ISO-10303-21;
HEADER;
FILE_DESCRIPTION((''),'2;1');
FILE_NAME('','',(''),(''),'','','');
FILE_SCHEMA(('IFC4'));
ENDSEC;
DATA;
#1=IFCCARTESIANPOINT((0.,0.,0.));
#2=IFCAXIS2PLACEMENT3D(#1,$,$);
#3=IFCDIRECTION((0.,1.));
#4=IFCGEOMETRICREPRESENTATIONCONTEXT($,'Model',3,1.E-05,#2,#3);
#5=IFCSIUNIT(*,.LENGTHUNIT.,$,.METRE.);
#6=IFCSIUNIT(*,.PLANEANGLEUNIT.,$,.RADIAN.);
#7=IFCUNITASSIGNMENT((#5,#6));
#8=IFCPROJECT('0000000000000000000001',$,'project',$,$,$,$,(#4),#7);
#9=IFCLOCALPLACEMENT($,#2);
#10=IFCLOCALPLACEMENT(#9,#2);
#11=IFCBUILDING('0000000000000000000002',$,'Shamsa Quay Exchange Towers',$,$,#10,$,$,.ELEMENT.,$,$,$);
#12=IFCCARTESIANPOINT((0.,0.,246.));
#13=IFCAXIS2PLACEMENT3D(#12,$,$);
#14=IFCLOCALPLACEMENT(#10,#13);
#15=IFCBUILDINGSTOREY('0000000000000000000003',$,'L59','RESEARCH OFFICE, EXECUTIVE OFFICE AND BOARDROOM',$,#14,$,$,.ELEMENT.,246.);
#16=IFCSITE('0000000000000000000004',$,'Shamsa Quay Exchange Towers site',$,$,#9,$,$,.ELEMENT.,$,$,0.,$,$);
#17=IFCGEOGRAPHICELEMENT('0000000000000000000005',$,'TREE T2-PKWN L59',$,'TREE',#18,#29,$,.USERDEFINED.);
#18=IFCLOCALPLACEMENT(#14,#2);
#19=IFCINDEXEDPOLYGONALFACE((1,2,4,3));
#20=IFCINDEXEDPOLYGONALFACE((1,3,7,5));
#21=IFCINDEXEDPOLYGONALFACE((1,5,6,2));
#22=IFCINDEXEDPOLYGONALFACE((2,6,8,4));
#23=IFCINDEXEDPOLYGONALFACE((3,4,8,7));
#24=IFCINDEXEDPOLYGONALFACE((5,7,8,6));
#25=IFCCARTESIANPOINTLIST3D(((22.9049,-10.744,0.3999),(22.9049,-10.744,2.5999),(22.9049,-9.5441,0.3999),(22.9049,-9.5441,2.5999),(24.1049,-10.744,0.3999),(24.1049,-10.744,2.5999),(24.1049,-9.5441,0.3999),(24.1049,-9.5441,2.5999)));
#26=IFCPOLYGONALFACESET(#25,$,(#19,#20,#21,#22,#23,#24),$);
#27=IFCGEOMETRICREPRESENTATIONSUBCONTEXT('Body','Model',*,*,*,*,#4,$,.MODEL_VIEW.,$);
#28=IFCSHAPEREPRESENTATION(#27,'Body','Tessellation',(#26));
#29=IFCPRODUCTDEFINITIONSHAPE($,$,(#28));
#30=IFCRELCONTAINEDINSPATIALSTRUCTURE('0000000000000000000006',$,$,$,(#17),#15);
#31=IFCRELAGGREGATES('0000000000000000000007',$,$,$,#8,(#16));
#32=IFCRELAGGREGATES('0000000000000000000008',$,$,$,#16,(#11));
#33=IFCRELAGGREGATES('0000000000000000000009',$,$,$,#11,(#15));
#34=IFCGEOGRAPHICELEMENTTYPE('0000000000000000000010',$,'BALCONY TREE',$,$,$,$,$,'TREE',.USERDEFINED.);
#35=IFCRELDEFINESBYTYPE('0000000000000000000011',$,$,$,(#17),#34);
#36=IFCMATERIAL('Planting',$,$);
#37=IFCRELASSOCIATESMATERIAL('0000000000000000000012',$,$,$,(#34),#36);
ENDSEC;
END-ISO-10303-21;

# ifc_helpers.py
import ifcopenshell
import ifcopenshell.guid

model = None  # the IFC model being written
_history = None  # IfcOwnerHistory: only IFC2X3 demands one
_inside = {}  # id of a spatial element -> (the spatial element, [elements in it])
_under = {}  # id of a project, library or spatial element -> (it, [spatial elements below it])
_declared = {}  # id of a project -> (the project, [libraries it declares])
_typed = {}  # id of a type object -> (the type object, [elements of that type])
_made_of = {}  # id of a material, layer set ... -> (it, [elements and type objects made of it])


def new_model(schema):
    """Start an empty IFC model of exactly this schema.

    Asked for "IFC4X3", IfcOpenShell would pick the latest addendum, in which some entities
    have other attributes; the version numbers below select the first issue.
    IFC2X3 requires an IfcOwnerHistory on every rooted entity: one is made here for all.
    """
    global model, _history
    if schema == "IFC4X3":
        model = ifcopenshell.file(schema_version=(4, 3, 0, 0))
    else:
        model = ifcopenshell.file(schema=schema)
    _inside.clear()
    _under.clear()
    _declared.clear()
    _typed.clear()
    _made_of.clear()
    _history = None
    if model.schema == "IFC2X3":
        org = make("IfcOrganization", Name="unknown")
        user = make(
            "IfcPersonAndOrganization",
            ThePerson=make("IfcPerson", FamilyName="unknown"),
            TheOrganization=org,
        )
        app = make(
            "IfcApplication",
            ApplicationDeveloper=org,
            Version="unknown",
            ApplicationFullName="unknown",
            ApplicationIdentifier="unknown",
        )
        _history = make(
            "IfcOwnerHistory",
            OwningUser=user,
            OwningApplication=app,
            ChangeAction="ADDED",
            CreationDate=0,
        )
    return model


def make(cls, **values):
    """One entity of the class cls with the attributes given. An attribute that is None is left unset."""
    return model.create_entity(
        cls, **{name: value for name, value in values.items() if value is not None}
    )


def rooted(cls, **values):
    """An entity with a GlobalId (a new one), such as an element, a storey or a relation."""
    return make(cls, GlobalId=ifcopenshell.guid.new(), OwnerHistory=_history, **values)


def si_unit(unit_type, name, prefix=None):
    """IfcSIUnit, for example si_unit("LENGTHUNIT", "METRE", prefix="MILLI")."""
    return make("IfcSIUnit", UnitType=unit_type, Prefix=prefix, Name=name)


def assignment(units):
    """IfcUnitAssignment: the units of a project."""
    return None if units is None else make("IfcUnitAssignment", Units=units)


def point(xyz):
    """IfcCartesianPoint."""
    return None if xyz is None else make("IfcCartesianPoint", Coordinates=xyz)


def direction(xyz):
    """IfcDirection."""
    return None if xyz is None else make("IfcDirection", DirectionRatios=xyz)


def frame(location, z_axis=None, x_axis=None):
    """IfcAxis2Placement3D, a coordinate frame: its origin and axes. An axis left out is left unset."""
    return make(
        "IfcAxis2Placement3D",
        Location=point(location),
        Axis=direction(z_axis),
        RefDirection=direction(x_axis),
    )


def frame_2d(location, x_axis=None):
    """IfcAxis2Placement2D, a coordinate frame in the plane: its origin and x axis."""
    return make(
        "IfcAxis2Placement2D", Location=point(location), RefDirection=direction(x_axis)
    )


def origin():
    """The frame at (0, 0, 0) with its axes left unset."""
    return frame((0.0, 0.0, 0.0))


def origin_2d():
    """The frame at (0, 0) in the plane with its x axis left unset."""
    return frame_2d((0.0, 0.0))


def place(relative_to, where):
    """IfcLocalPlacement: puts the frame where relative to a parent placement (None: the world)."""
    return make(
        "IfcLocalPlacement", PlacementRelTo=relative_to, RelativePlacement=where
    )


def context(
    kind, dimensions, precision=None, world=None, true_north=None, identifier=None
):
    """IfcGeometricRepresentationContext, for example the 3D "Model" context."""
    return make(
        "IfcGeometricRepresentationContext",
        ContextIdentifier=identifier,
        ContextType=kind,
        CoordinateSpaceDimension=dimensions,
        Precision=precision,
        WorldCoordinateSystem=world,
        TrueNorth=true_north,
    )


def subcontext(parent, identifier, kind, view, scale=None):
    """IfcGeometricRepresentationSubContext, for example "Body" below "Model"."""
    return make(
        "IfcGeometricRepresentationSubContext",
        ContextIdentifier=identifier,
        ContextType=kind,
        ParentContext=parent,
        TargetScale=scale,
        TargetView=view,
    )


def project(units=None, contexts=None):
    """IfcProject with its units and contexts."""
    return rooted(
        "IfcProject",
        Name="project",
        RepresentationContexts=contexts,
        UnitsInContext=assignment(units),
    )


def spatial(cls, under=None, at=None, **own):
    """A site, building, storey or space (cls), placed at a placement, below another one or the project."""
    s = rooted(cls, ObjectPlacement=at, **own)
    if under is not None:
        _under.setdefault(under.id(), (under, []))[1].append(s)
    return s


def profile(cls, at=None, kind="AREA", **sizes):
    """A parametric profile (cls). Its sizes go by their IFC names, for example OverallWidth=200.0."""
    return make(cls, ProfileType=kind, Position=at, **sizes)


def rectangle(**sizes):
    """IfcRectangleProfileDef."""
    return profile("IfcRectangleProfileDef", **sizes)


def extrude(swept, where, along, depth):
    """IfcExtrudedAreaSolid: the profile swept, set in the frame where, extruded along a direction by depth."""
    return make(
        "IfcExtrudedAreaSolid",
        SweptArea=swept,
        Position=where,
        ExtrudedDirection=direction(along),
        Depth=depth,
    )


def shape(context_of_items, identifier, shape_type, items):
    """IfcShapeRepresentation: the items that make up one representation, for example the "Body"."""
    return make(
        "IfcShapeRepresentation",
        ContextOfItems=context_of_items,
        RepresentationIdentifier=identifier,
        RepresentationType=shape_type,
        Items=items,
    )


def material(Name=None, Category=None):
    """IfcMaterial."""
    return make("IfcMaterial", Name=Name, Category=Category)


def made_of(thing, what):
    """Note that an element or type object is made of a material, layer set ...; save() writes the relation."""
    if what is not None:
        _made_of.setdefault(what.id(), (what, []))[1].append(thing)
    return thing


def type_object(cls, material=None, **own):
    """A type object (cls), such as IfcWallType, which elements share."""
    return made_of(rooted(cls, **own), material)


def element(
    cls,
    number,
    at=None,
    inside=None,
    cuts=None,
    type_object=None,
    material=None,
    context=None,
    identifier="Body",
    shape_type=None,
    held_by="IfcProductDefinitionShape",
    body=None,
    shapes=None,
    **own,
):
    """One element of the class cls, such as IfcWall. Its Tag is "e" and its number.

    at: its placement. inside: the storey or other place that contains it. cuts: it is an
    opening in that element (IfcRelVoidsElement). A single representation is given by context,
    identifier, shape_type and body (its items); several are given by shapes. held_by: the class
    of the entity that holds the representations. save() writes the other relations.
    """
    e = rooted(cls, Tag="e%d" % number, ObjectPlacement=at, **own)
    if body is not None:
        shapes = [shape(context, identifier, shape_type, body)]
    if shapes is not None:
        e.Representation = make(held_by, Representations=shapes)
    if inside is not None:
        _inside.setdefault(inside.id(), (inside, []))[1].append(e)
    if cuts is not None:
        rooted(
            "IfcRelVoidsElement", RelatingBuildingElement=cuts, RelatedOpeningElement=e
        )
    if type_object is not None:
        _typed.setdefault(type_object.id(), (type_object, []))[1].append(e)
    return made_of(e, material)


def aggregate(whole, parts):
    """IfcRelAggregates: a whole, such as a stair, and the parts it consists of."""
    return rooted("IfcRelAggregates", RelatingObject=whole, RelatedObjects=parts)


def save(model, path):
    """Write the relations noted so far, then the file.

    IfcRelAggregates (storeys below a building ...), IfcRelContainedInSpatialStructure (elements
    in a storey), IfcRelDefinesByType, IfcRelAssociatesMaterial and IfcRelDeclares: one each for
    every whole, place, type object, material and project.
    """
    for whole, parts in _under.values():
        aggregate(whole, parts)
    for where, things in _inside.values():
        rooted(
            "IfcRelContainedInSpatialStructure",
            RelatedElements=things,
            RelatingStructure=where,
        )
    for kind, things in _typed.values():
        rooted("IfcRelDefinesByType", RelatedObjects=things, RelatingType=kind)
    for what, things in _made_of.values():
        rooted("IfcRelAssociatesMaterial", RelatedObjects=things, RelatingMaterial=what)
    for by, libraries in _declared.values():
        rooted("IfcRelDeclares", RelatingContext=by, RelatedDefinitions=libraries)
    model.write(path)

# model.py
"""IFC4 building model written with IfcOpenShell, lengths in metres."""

from ifc_helpers import new_model, si_unit, direction, frame, origin, origin_2d, place, context, subcontext, project, spatial, rectangle, extrude, material, type_object, element, save


model = new_model("IFC4")

# Units and contexts
model_context = context("Model", 3, precision=1e-05, world=origin(), true_north=direction((0.0, 1.0)))
body_context = subcontext(model_context, "Body", "Model", "MODEL_VIEW")
ifc_project = project(units=[si_unit("LENGTHUNIT", "METRE"), si_unit("PLANEANGLEUNIT", "RADIAN")], contexts=[model_context])

# Site, building, storey
site_placement = place(None, origin())
site = spatial("IfcSite", under=ifc_project, at=site_placement, Name="Shamsa Quay Exchange Towers site", CompositionType="ELEMENT", RefElevation=0.0)
building_placement = place(site_placement, origin())
building = spatial("IfcBuilding", under=site, at=building_placement, Name="Shamsa Quay Exchange Towers", CompositionType="ELEMENT")
storey_placement = place(building_placement, frame((0.0, 0.0, 246.0)))
storey = spatial("IfcBuildingStorey", under=building, at=storey_placement, Name="L59", Description="RESEARCH OFFICE, EXECUTIVE OFFICE AND BOARDROOM", CompositionType="ELEMENT", Elevation=246.0)

# Geographic element
ifc_material_1 = material(Name="Planting")
geographic_element_type = type_object("IfcGeographicElementType", Name="BALCONY TREE", ElementType="TREE", PredefinedType="USERDEFINED", material=ifc_material_1)
geographic_element_placement = place(storey_placement, frame((23.5049, -10.144, 0.3999), z_axis=(0.0, 0.0, 1.0), x_axis=(0.0, -1.0, 0.0)))
element("IfcGeographicElement", 1, at=geographic_element_placement, inside=storey, type_object=geographic_element_type, Name="TREE T2-PKWN L59", ObjectType="TREE", PredefinedType="USERDEFINED", context=body_context, shape_type="SweptSolid", body=[
    extrude(rectangle(XDim=1.2, YDim=1.2, at=origin_2d()), origin(), (0.0, 0.0, 1.0), 2.2),
])

save(model, "model.ifc")
